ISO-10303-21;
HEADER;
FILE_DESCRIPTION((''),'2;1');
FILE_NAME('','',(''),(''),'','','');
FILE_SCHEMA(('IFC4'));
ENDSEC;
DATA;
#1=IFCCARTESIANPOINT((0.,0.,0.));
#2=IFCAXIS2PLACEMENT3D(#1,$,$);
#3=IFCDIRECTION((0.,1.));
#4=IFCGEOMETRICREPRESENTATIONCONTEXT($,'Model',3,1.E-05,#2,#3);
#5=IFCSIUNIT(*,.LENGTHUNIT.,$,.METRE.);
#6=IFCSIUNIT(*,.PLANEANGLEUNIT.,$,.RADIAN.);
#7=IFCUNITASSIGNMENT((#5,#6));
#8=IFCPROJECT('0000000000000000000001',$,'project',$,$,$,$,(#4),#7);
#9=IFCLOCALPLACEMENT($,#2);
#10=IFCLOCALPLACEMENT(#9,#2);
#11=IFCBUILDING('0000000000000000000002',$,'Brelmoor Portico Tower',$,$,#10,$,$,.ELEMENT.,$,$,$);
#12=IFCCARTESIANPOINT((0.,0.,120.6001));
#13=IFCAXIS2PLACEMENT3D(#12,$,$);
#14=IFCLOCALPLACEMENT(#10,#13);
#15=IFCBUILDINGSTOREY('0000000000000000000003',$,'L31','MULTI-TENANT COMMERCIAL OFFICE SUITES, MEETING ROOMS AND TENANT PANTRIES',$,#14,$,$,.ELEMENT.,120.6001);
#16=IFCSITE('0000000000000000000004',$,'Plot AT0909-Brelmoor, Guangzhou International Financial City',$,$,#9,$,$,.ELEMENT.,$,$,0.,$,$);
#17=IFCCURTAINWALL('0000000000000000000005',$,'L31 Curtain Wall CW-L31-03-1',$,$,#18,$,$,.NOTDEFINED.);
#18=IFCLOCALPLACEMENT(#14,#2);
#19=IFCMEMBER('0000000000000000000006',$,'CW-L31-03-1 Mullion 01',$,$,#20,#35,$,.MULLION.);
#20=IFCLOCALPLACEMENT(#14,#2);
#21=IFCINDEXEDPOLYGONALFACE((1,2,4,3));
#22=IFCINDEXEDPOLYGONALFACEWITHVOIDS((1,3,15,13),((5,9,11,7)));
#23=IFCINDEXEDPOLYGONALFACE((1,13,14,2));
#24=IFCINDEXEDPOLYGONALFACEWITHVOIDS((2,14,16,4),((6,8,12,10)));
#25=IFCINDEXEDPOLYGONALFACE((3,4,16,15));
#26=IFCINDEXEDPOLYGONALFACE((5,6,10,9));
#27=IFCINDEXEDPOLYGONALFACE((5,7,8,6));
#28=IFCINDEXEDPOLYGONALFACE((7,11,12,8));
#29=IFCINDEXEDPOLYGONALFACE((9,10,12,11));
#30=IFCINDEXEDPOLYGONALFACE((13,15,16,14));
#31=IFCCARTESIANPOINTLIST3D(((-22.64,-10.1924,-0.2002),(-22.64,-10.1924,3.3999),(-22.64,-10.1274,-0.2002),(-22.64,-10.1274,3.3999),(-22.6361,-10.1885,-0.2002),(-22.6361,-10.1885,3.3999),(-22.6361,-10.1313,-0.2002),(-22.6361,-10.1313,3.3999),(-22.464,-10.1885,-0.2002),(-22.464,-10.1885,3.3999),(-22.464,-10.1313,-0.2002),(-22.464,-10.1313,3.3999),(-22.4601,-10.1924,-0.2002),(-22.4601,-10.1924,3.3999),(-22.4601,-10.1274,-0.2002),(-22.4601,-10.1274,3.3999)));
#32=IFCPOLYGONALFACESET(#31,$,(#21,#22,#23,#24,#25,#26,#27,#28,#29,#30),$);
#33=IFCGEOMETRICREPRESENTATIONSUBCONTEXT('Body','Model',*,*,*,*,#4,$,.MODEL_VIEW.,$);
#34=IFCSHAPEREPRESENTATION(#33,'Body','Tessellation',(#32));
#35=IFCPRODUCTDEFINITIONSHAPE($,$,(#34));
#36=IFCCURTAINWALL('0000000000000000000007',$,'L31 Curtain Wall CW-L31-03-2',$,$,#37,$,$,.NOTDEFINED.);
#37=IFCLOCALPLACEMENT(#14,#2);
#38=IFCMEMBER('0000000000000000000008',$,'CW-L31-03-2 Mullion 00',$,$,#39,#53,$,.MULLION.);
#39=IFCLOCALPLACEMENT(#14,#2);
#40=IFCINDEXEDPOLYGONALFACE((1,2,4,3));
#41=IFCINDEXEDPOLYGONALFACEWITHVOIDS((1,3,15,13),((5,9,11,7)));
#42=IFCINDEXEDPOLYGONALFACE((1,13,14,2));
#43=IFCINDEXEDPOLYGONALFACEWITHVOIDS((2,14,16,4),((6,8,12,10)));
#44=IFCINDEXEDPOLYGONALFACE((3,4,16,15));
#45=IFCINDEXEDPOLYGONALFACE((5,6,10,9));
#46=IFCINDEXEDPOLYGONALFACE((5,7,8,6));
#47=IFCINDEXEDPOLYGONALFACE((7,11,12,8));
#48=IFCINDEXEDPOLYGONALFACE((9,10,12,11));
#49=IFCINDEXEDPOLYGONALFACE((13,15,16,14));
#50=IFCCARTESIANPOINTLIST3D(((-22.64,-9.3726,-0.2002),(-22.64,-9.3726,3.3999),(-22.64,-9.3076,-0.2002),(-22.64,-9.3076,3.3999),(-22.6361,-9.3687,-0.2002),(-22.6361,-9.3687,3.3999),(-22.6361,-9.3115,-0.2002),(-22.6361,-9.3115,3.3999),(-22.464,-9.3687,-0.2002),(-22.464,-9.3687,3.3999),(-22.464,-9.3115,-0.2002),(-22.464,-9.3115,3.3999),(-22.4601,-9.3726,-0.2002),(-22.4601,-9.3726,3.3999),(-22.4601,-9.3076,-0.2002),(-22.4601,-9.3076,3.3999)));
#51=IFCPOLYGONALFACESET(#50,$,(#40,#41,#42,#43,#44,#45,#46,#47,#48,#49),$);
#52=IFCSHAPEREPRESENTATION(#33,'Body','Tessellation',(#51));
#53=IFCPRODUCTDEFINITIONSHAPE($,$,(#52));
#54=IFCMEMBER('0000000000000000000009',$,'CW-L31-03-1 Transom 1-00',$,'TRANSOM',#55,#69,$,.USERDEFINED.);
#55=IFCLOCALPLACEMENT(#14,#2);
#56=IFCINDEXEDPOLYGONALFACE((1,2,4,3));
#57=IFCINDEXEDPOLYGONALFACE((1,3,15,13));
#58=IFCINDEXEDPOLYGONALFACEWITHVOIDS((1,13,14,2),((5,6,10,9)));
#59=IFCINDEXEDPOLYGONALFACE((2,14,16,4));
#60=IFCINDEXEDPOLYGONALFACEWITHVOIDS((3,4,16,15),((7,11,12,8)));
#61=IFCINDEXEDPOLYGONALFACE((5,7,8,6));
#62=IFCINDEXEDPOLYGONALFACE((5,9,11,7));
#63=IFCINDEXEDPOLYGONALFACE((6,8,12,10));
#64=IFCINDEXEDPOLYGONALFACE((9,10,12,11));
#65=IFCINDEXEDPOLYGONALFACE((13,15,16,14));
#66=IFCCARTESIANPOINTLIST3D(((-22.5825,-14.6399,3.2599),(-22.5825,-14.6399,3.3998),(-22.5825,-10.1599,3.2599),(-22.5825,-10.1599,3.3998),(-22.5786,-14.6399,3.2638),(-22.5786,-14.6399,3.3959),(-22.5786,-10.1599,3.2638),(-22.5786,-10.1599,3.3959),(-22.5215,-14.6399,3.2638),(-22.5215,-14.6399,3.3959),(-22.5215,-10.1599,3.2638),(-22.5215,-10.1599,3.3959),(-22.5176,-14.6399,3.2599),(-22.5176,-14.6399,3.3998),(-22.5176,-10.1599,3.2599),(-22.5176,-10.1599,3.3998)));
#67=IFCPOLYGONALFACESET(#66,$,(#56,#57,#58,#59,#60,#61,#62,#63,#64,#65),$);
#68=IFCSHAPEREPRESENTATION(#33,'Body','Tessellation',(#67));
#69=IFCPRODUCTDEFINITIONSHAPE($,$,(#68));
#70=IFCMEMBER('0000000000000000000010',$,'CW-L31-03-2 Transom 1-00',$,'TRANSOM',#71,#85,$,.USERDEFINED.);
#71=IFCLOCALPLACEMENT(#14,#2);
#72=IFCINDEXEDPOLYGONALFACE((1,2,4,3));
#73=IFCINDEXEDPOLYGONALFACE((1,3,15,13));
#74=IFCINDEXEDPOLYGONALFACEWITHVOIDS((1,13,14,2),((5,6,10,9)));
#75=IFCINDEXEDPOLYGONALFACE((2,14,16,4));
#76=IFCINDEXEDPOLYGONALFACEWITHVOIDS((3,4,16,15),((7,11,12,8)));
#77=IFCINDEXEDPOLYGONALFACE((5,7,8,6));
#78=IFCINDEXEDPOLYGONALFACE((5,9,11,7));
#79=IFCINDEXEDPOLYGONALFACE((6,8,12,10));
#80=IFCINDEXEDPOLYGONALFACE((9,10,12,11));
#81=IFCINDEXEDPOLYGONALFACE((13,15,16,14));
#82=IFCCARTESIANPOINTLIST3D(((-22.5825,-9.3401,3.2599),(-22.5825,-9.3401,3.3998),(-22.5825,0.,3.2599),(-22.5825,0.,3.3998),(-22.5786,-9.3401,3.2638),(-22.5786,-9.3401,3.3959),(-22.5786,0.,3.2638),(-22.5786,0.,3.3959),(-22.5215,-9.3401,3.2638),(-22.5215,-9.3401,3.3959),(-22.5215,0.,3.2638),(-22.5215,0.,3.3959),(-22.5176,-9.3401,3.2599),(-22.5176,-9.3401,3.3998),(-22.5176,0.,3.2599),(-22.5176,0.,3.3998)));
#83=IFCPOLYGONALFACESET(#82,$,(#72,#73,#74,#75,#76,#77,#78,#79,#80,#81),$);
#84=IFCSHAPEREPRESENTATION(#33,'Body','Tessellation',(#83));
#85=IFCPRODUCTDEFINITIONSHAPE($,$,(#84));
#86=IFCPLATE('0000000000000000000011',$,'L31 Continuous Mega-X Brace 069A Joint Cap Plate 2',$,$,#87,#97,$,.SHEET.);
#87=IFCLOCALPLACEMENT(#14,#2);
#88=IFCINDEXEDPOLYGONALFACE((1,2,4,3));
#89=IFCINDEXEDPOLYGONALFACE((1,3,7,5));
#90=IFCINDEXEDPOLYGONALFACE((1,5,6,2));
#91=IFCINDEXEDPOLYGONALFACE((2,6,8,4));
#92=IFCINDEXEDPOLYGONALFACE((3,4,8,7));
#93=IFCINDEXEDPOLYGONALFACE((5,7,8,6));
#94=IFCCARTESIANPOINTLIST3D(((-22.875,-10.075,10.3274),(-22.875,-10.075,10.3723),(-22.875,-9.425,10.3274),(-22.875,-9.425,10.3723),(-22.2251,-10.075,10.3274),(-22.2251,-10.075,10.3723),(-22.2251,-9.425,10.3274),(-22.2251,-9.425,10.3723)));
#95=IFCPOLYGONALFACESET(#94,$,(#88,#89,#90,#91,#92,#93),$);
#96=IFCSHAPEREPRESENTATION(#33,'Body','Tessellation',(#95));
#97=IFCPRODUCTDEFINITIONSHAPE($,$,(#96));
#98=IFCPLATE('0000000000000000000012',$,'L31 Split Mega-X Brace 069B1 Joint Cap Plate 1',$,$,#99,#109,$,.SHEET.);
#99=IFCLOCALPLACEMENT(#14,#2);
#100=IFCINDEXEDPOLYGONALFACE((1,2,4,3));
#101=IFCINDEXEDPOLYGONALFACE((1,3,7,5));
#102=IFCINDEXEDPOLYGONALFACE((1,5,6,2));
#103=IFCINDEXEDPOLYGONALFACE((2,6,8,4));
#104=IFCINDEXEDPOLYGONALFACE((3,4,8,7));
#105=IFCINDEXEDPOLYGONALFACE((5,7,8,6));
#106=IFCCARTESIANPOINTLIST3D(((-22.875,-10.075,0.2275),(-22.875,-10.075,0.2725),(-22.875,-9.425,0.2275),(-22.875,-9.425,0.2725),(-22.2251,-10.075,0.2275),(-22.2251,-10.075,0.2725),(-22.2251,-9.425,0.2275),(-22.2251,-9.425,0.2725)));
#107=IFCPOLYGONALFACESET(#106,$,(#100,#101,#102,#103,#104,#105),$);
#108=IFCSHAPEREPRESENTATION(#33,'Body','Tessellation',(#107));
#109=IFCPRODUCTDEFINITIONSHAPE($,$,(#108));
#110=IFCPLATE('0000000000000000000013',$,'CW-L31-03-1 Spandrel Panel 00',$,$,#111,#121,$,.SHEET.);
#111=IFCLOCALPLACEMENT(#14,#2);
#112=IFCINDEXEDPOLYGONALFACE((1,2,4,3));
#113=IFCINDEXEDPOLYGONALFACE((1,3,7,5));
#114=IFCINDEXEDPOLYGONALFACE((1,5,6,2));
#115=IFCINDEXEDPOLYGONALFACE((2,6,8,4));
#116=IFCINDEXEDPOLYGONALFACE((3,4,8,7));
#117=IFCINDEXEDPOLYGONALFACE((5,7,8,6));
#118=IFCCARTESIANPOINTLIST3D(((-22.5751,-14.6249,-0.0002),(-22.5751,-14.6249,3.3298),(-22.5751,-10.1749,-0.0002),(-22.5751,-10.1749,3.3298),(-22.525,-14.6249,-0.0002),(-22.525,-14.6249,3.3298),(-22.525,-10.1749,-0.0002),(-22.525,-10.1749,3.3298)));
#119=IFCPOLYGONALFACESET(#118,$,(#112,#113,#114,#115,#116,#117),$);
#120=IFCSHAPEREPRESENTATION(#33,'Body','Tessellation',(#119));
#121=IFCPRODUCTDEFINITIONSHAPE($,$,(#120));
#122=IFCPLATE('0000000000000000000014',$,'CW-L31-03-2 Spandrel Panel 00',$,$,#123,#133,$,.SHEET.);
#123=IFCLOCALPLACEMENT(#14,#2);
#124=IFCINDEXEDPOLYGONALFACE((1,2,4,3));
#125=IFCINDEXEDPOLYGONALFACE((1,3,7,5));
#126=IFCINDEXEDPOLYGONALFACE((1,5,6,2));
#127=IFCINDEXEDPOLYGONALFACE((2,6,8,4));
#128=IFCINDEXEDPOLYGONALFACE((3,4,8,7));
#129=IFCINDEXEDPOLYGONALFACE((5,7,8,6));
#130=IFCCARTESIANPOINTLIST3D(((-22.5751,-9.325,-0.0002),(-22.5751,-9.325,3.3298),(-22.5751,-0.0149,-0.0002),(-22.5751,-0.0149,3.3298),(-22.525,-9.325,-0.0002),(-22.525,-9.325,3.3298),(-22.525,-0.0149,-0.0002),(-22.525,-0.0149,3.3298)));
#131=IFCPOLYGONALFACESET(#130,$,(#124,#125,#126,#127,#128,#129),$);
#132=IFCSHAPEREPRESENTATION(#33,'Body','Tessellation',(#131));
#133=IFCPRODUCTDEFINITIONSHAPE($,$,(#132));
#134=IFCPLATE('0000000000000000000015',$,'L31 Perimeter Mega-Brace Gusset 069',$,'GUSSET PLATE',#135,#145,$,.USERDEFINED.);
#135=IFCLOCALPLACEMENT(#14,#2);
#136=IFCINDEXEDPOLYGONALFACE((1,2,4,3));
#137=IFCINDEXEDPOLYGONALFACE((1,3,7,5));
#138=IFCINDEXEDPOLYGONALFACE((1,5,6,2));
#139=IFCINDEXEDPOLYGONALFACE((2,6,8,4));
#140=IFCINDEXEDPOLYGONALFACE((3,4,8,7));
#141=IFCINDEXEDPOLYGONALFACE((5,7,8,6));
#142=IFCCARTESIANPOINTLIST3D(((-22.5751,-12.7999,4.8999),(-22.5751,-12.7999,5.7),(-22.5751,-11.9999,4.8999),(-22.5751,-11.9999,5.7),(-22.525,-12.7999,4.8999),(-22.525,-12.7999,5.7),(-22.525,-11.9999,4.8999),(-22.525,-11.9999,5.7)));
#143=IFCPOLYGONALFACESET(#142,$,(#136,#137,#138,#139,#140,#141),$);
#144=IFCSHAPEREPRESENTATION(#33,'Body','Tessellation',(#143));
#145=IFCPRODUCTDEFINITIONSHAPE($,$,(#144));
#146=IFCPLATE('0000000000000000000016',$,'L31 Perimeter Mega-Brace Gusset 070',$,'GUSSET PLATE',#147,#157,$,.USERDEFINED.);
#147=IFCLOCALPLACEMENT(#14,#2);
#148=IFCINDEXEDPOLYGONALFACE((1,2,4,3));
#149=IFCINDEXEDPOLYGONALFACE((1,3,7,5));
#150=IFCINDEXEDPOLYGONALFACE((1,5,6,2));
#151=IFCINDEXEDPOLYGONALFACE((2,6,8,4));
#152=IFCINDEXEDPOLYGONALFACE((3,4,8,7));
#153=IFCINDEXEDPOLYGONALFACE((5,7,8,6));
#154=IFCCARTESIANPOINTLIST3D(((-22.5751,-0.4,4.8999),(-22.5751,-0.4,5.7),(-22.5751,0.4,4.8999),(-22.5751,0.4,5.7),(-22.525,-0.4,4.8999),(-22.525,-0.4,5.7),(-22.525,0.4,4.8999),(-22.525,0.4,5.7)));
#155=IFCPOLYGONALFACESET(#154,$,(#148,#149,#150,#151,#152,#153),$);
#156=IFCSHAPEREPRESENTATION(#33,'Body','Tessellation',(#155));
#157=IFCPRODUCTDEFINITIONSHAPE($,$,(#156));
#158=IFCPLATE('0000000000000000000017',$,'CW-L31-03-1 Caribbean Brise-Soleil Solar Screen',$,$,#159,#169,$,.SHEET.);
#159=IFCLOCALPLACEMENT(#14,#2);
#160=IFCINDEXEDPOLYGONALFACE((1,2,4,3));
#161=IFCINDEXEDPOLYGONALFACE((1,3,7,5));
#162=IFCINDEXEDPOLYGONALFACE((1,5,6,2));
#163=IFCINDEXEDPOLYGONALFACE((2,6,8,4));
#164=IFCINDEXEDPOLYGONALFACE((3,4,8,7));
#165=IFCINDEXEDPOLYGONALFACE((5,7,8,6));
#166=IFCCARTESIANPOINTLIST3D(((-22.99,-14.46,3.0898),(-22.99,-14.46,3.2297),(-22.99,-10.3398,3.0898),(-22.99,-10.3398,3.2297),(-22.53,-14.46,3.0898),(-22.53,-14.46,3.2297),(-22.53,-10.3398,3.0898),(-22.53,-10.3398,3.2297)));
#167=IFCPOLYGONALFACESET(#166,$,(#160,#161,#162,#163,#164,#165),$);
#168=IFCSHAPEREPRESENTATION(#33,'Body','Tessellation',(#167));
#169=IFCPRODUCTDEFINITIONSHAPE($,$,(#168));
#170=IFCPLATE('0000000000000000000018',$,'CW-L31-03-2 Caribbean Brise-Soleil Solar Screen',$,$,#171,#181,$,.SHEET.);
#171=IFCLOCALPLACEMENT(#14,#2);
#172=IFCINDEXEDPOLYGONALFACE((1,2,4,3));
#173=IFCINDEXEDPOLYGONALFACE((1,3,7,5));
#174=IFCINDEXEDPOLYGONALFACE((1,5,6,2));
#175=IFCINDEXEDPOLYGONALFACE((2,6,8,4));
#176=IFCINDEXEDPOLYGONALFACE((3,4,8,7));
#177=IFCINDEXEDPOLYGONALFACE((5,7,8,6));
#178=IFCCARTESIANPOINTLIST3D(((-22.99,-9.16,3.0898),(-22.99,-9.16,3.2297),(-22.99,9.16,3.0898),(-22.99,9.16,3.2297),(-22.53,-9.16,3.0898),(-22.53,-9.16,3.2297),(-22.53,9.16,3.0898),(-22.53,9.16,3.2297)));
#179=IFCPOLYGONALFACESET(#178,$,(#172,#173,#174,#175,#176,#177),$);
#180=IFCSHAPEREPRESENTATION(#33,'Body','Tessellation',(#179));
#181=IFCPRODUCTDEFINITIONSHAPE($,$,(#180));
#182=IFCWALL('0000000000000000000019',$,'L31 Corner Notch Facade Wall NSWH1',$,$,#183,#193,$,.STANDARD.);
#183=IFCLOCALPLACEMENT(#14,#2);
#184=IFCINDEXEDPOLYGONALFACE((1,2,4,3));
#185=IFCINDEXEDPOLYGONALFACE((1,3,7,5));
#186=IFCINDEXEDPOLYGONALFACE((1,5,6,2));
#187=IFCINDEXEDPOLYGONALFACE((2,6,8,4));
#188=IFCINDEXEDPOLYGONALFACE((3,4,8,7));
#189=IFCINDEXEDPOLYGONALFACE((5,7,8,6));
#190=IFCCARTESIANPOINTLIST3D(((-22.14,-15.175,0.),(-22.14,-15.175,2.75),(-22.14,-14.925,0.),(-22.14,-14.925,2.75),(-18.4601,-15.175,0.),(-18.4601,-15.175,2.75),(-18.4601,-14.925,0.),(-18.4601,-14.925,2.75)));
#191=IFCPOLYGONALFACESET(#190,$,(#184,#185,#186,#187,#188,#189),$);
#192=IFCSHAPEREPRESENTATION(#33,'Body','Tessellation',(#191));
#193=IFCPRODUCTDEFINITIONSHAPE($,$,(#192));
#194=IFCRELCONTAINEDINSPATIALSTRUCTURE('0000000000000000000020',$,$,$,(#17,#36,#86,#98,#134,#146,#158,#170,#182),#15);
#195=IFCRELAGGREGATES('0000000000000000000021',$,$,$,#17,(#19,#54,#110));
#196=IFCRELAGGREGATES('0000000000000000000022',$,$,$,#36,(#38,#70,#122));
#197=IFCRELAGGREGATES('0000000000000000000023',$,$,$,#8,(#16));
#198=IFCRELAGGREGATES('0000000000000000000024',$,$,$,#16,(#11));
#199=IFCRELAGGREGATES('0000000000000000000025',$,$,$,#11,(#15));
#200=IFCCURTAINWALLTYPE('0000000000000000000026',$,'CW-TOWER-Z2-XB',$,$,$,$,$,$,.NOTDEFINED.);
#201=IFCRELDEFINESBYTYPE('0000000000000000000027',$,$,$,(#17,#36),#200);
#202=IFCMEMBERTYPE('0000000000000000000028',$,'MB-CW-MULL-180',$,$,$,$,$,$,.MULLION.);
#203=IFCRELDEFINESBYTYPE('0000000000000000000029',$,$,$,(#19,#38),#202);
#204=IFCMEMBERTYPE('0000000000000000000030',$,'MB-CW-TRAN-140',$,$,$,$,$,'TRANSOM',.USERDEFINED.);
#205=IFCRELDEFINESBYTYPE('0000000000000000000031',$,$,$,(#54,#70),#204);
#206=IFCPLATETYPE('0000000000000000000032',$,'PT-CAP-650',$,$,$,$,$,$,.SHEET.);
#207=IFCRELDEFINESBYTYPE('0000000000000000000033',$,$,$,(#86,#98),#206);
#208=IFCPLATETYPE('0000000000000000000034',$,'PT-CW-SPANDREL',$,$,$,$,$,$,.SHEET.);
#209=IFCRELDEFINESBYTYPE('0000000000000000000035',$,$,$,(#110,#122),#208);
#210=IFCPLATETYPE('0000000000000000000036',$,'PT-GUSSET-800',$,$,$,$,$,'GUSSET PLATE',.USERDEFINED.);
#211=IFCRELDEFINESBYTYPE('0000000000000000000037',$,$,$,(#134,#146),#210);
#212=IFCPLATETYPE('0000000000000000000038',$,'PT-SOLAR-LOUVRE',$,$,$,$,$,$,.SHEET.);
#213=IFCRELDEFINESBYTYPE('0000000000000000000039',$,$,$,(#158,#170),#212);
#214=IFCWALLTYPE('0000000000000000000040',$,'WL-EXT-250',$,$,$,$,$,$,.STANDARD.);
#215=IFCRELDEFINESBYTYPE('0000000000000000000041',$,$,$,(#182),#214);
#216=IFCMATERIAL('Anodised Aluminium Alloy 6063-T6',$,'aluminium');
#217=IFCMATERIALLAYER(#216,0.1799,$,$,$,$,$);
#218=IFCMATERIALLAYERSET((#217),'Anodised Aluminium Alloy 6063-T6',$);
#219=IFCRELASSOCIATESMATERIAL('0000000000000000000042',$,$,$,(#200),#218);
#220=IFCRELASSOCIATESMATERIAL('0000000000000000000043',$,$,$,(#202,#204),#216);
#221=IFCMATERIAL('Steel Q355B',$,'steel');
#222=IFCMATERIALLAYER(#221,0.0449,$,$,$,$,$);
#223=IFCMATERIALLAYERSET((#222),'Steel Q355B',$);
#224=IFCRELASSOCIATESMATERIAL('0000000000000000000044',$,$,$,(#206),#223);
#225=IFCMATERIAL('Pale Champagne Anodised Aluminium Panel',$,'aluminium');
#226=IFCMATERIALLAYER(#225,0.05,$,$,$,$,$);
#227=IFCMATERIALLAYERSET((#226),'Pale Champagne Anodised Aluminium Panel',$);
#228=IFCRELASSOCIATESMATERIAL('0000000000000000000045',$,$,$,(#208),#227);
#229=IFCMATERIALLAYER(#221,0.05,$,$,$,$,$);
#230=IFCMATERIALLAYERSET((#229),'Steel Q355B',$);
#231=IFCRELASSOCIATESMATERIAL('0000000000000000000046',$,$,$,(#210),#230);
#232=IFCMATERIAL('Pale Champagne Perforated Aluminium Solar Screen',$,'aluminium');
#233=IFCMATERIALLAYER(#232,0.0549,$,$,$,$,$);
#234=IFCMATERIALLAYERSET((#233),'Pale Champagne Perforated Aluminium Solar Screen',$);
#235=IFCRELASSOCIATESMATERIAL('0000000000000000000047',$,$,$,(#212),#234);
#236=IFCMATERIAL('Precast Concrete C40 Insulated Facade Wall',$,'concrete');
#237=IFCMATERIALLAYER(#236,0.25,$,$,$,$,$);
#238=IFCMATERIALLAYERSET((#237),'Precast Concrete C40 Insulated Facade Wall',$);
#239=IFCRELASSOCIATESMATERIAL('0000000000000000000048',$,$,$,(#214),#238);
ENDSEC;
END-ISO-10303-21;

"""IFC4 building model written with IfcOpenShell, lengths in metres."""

from ifc_helpers import new_model, si_unit, direction, frame, frame_2d, origin, origin_2d, place, context, subcontext, project, spatial, rectangle, hollow_rectangle, extrude, material, layer, layer_set, material_profile, profile_set, type_object, element, aggregate, save


model = new_model("IFC4")

# Units and contexts
model_context = context("Model", 3, precision=1e-05, world=origin(), true_north=direction((0.0, 1.0)))
body_context = subcontext(model_context, "Body", "Model", "MODEL_VIEW")
ifc_project = project(units=[si_unit("LENGTHUNIT", "METRE"), si_unit("PLANEANGLEUNIT", "RADIAN")], contexts=[model_context])

# Site, building, storey
site_placement = place(None, origin())
site = spatial("IfcSite", under=ifc_project, at=site_placement, Name="Plot AT0909-Brelmoor, Guangzhou International Financial City", CompositionType="ELEMENT", RefElevation=0.0)
building_placement = place(site_placement, origin())
building = spatial("IfcBuilding", under=site, at=building_placement, Name="Brelmoor Portico Tower", CompositionType="ELEMENT")
storey_placement = place(building_placement, frame((0.0, 0.0, 120.6001)))
storey = spatial("IfcBuildingStorey", under=building, at=storey_placement, Name="L31", Description="MULTI-TENANT COMMERCIAL OFFICE SUITES, MEETING ROOMS AND TENANT PANTRIES", CompositionType="ELEMENT", Elevation=120.6001)

# Shared definitions
ifc_material_1 = material(Name="Steel Q355B", Category="steel")

# Curtain wall, member
ifc_material_2 = material(Name="Anodised Aluminium Alloy 6063-T6", Category="aluminium")
ifc_layer_1 = layer(ifc_material_2, 0.1799)
ifc_layer_set_1 = layer_set([ifc_layer_1], Name="Anodised Aluminium Alloy 6063-T6")
curtain_wall_type = type_object("IfcCurtainWallType", Name="CW-TOWER-Z2-XB", PredefinedType="NOTDEFINED", material=ifc_layer_set_1)
curtain_wall_1_placement = place(storey_placement, origin())
curtain_wall_1 = element("IfcCurtainWall", 1, at=curtain_wall_1_placement, inside=storey, type_object=curtain_wall_type, Name="L31 Curtain Wall CW-L31-03-1", PredefinedType="NOTDEFINED")
ifc_material_profile_1 = material_profile(ifc_material_2, hollow_rectangle(XDim=0.0649, YDim=0.1799, WallThickness=0.0039, at=origin_2d()), Name="ALU MULLION 65x180")
ifc_profile_set_1 = profile_set([ifc_material_profile_1], Name="Anodised Aluminium Alloy 6063-T6")
member_type_1 = type_object("IfcMemberType", Name="MB-CW-MULL-180", PredefinedType="MULLION", material=ifc_profile_set_1)
member_1_placement = place(storey_placement, frame((-22.55, -10.1599, -0.2002), z_axis=(0.0, 0.0, 1.0), x_axis=(0.0, 1.0, 0.0)))
member_1 = element("IfcMember", 2, at=member_1_placement, type_object=member_type_1, Name="CW-L31-03-1 Mullion 01", PredefinedType="MULLION", context=body_context, shape_type="SweptSolid", body=[
    extrude(hollow_rectangle(XDim=0.0649, YDim=0.1799, WallThickness=0.0039, at=origin_2d()), origin(), (0.0, 0.0, 1.0), 3.6001),
])

# Curtain wall, member
curtain_wall_2_placement = place(storey_placement, origin())
curtain_wall_2 = element("IfcCurtainWall", 3, at=curtain_wall_2_placement, inside=storey, type_object=curtain_wall_type, Name="L31 Curtain Wall CW-L31-03-2", PredefinedType="NOTDEFINED")
member_2_placement = place(storey_placement, frame((-22.55, -9.3401, -0.2002), z_axis=(0.0, 0.0, 1.0), x_axis=(0.0, 1.0, 0.0)))
member_2 = element("IfcMember", 4, at=member_2_placement, type_object=member_type_1, Name="CW-L31-03-2 Mullion 00", PredefinedType="MULLION", context=body_context, shape_type="SweptSolid", body=[
    extrude(hollow_rectangle(XDim=0.0649, YDim=0.1799, WallThickness=0.0039, at=origin_2d()), origin(), (0.0, 0.0, 1.0), 3.6001),
])

# Members
ifc_material_profile_2 = material_profile(ifc_material_2, hollow_rectangle(XDim=0.0649, YDim=0.1399, WallThickness=0.0039, at=origin_2d()), Name="ALU TRANSOM 65x140")
ifc_profile_set_2 = profile_set([ifc_material_profile_2], Name="Anodised Aluminium Alloy 6063-T6")
member_type_2 = type_object("IfcMemberType", Name="MB-CW-TRAN-140", ElementType="TRANSOM", PredefinedType="USERDEFINED", material=ifc_profile_set_2)
member_3_placement = place(storey_placement, frame((-22.55, -14.6399, 3.3298), z_axis=(0.0, 1.0, 0.0), x_axis=(-1.0, 0.0, 0.0)))
member_3 = element("IfcMember", 5, at=member_3_placement, type_object=member_type_2, Name="CW-L31-03-1 Transom 1-00", ObjectType="TRANSOM", PredefinedType="USERDEFINED", context=body_context, shape_type="SweptSolid", body=[
    extrude(hollow_rectangle(XDim=0.0649, YDim=0.1399, WallThickness=0.0039, at=origin_2d()), origin(), (0.0, 0.0, 1.0), 4.48),
])
member_4_placement = place(storey_placement, frame((-22.55, -9.3401, 3.3298), z_axis=(0.0, 1.0, 0.0), x_axis=(-1.0, 0.0, 0.0)))
member_4 = element("IfcMember", 6, at=member_4_placement, type_object=member_type_2, Name="CW-L31-03-2 Transom 1-00", ObjectType="TRANSOM", PredefinedType="USERDEFINED", context=body_context, shape_type="SweptSolid", body=[
    extrude(hollow_rectangle(XDim=0.0649, YDim=0.1399, WallThickness=0.0039, at=origin_2d()), origin(), (0.0, 0.0, 1.0), 9.3401),
])

# Plates
ifc_layer_2 = layer(ifc_material_1, 0.0449)
ifc_layer_set_2 = layer_set([ifc_layer_2], Name="Steel Q355B")
plate_type_1 = type_object("IfcPlateType", Name="PT-CAP-650", PredefinedType="SHEET", material=ifc_layer_set_2)
for number, where, z_axis, x_axis, name in (
    (7, (-22.55, -9.75, 10.3274), (0.0, 0.0, 1.0), (1.0, 0.0, 0.0), "L31 Continuous Mega-X Brace 069A Joint Cap Plate 2"),
    (8, (-22.55, -9.75, 0.2275), (0.0, 0.0, 1.0), (1.0, 0.0, 0.0), "L31 Split Mega-X Brace 069B1 Joint Cap Plate 1"),
):
    element("IfcPlate", number, at=place(storey_placement, frame(where, z_axis=z_axis, x_axis=x_axis)), inside=storey, type_object=plate_type_1, Name=name, PredefinedType="SHEET", context=body_context, shape_type="SweptSolid", body=[
        extrude(rectangle(XDim=0.6499, YDim=0.6499, at=origin_2d()), origin(), (0.0, 0.0, 1.0), 0.0449),
    ])

# Plates
ifc_material_3 = material(Name="Pale Champagne Anodised Aluminium Panel", Category="aluminium")
ifc_layer_3 = layer(ifc_material_3, 0.05)
ifc_layer_set_3 = layer_set([ifc_layer_3], Name="Pale Champagne Anodised Aluminium Panel")
plate_type_2 = type_object("IfcPlateType", Name="PT-CW-SPANDREL", PredefinedType="SHEET", material=ifc_layer_set_3)
plate_1_placement = place(storey_placement, frame((-22.55, -12.3999, -0.0002), z_axis=(0.0, 0.0, 1.0), x_axis=(0.0, 1.0, 0.0)))
plate_1 = element("IfcPlate", 9, at=plate_1_placement, type_object=plate_type_2, Name="CW-L31-03-1 Spandrel Panel 00", PredefinedType="SHEET", context=body_context, shape_type="SweptSolid", body=[
    extrude(rectangle(XDim=4.45, YDim=0.05, at=origin_2d()), origin(), (0.0, 0.0, 1.0), 3.3301),
])
aggregate(curtain_wall_1, [member_1, member_3, plate_1])
plate_2_placement = place(storey_placement, frame((-22.55, -4.6699, -0.0002), z_axis=(0.0, 0.0, 1.0), x_axis=(0.0, 1.0, 0.0)))
plate_2 = element("IfcPlate", 10, at=plate_2_placement, type_object=plate_type_2, Name="CW-L31-03-2 Spandrel Panel 00", PredefinedType="SHEET", context=body_context, shape_type="SweptSolid", body=[
    extrude(rectangle(XDim=9.3101, YDim=0.05, at=origin_2d()), origin(), (0.0, 0.0, 1.0), 3.3301),
])
aggregate(curtain_wall_2, [member_2, member_4, plate_2])

# Plates
ifc_layer_4 = layer(ifc_material_1, 0.05)
ifc_layer_set_4 = layer_set([ifc_layer_4], Name="Steel Q355B")
plate_type_3 = type_object("IfcPlateType", Name="PT-GUSSET-800", ElementType="GUSSET PLATE", PredefinedType="USERDEFINED", material=ifc_layer_set_4)
for number, where, z_axis, x_axis, name in (
    (11, (-22.55, -12.3999, 4.8999), (0.0, 0.0, 1.0), (1.0, 0.0, 0.0), "L31 Perimeter Mega-Brace Gusset 069"),
    (12, (-22.55, 0.0, 4.8999), (0.0, 0.0, 1.0), (1.0, 0.0, 0.0), "L31 Perimeter Mega-Brace Gusset 070"),
):
    element("IfcPlate", number, at=place(storey_placement, frame(where, z_axis=z_axis, x_axis=x_axis)), inside=storey, type_object=plate_type_3, Name=name, ObjectType="GUSSET PLATE", PredefinedType="USERDEFINED", context=body_context, shape_type="SweptSolid", body=[
        extrude(rectangle(XDim=0.05, YDim=0.8, at=origin_2d()), origin(), (0.0, 0.0, 1.0), 0.8),
    ])
ifc_material_4 = material(Name="Pale Champagne Perforated Aluminium Solar Screen", Category="aluminium")
ifc_layer_5 = layer(ifc_material_4, 0.0549)
ifc_layer_set_5 = layer_set([ifc_layer_5], Name="Pale Champagne Perforated Aluminium Solar Screen")
plate_type_4 = type_object("IfcPlateType", Name="PT-SOLAR-LOUVRE", PredefinedType="SHEET", material=ifc_layer_set_5)
plate_3_placement = place(storey_placement, frame((-22.76, -12.3999, 3.0898), z_axis=(0.0, 0.0, 1.0), x_axis=(0.0, 1.0, 0.0)))
element("IfcPlate", 13, at=plate_3_placement, inside=storey, type_object=plate_type_4, Name="CW-L31-03-1 Caribbean Brise-Soleil Solar Screen", PredefinedType="SHEET", context=body_context, shape_type="SweptSolid", body=[
    extrude(rectangle(XDim=4.1201, YDim=0.46, at=origin_2d()), origin(), (0.0, 0.0, 1.0), 0.1399),
])
plate_4_placement = place(storey_placement, frame((-22.76, 0.0, 3.0898), z_axis=(0.0, 0.0, 1.0), x_axis=(0.0, 1.0, 0.0)))
element("IfcPlate", 14, at=plate_4_placement, inside=storey, type_object=plate_type_4, Name="CW-L31-03-2 Caribbean Brise-Soleil Solar Screen", PredefinedType="SHEET", context=body_context, shape_type="SweptSolid", body=[
    extrude(rectangle(XDim=18.3201, YDim=0.46, at=origin_2d()), origin(), (0.0, 0.0, 1.0), 0.1399),
])

# Wall
ifc_material_5 = material(Name="Precast Concrete C40 Insulated Facade Wall", Category="concrete")
ifc_layer_6 = layer(ifc_material_5, 0.25)
ifc_layer_set_6 = layer_set([ifc_layer_6], Name="Precast Concrete C40 Insulated Facade Wall")
wall_type_1 = type_object("IfcWallType", Name="WL-EXT-250", PredefinedType="STANDARD", material=ifc_layer_set_6)
wall_1_placement = place(storey_placement, frame((-22.1399, -15.05, 0.0), z_axis=(0.0, 0.0, 1.0), x_axis=(1.0, 0.0, 0.0)))
element("IfcWall", 15, at=wall_1_placement, inside=storey, type_object=wall_type_1, Name="L31 Corner Notch Facade Wall NSWH1", PredefinedType="STANDARD", context=body_context, shape_type="SweptSolid", body=[
    extrude(rectangle(XDim=3.6799, YDim=0.25, at=frame_2d((1.8398, 0.0))), origin(), (0.0, 0.0, 1.0), 2.75),
])

save(model, "model.ifc")
